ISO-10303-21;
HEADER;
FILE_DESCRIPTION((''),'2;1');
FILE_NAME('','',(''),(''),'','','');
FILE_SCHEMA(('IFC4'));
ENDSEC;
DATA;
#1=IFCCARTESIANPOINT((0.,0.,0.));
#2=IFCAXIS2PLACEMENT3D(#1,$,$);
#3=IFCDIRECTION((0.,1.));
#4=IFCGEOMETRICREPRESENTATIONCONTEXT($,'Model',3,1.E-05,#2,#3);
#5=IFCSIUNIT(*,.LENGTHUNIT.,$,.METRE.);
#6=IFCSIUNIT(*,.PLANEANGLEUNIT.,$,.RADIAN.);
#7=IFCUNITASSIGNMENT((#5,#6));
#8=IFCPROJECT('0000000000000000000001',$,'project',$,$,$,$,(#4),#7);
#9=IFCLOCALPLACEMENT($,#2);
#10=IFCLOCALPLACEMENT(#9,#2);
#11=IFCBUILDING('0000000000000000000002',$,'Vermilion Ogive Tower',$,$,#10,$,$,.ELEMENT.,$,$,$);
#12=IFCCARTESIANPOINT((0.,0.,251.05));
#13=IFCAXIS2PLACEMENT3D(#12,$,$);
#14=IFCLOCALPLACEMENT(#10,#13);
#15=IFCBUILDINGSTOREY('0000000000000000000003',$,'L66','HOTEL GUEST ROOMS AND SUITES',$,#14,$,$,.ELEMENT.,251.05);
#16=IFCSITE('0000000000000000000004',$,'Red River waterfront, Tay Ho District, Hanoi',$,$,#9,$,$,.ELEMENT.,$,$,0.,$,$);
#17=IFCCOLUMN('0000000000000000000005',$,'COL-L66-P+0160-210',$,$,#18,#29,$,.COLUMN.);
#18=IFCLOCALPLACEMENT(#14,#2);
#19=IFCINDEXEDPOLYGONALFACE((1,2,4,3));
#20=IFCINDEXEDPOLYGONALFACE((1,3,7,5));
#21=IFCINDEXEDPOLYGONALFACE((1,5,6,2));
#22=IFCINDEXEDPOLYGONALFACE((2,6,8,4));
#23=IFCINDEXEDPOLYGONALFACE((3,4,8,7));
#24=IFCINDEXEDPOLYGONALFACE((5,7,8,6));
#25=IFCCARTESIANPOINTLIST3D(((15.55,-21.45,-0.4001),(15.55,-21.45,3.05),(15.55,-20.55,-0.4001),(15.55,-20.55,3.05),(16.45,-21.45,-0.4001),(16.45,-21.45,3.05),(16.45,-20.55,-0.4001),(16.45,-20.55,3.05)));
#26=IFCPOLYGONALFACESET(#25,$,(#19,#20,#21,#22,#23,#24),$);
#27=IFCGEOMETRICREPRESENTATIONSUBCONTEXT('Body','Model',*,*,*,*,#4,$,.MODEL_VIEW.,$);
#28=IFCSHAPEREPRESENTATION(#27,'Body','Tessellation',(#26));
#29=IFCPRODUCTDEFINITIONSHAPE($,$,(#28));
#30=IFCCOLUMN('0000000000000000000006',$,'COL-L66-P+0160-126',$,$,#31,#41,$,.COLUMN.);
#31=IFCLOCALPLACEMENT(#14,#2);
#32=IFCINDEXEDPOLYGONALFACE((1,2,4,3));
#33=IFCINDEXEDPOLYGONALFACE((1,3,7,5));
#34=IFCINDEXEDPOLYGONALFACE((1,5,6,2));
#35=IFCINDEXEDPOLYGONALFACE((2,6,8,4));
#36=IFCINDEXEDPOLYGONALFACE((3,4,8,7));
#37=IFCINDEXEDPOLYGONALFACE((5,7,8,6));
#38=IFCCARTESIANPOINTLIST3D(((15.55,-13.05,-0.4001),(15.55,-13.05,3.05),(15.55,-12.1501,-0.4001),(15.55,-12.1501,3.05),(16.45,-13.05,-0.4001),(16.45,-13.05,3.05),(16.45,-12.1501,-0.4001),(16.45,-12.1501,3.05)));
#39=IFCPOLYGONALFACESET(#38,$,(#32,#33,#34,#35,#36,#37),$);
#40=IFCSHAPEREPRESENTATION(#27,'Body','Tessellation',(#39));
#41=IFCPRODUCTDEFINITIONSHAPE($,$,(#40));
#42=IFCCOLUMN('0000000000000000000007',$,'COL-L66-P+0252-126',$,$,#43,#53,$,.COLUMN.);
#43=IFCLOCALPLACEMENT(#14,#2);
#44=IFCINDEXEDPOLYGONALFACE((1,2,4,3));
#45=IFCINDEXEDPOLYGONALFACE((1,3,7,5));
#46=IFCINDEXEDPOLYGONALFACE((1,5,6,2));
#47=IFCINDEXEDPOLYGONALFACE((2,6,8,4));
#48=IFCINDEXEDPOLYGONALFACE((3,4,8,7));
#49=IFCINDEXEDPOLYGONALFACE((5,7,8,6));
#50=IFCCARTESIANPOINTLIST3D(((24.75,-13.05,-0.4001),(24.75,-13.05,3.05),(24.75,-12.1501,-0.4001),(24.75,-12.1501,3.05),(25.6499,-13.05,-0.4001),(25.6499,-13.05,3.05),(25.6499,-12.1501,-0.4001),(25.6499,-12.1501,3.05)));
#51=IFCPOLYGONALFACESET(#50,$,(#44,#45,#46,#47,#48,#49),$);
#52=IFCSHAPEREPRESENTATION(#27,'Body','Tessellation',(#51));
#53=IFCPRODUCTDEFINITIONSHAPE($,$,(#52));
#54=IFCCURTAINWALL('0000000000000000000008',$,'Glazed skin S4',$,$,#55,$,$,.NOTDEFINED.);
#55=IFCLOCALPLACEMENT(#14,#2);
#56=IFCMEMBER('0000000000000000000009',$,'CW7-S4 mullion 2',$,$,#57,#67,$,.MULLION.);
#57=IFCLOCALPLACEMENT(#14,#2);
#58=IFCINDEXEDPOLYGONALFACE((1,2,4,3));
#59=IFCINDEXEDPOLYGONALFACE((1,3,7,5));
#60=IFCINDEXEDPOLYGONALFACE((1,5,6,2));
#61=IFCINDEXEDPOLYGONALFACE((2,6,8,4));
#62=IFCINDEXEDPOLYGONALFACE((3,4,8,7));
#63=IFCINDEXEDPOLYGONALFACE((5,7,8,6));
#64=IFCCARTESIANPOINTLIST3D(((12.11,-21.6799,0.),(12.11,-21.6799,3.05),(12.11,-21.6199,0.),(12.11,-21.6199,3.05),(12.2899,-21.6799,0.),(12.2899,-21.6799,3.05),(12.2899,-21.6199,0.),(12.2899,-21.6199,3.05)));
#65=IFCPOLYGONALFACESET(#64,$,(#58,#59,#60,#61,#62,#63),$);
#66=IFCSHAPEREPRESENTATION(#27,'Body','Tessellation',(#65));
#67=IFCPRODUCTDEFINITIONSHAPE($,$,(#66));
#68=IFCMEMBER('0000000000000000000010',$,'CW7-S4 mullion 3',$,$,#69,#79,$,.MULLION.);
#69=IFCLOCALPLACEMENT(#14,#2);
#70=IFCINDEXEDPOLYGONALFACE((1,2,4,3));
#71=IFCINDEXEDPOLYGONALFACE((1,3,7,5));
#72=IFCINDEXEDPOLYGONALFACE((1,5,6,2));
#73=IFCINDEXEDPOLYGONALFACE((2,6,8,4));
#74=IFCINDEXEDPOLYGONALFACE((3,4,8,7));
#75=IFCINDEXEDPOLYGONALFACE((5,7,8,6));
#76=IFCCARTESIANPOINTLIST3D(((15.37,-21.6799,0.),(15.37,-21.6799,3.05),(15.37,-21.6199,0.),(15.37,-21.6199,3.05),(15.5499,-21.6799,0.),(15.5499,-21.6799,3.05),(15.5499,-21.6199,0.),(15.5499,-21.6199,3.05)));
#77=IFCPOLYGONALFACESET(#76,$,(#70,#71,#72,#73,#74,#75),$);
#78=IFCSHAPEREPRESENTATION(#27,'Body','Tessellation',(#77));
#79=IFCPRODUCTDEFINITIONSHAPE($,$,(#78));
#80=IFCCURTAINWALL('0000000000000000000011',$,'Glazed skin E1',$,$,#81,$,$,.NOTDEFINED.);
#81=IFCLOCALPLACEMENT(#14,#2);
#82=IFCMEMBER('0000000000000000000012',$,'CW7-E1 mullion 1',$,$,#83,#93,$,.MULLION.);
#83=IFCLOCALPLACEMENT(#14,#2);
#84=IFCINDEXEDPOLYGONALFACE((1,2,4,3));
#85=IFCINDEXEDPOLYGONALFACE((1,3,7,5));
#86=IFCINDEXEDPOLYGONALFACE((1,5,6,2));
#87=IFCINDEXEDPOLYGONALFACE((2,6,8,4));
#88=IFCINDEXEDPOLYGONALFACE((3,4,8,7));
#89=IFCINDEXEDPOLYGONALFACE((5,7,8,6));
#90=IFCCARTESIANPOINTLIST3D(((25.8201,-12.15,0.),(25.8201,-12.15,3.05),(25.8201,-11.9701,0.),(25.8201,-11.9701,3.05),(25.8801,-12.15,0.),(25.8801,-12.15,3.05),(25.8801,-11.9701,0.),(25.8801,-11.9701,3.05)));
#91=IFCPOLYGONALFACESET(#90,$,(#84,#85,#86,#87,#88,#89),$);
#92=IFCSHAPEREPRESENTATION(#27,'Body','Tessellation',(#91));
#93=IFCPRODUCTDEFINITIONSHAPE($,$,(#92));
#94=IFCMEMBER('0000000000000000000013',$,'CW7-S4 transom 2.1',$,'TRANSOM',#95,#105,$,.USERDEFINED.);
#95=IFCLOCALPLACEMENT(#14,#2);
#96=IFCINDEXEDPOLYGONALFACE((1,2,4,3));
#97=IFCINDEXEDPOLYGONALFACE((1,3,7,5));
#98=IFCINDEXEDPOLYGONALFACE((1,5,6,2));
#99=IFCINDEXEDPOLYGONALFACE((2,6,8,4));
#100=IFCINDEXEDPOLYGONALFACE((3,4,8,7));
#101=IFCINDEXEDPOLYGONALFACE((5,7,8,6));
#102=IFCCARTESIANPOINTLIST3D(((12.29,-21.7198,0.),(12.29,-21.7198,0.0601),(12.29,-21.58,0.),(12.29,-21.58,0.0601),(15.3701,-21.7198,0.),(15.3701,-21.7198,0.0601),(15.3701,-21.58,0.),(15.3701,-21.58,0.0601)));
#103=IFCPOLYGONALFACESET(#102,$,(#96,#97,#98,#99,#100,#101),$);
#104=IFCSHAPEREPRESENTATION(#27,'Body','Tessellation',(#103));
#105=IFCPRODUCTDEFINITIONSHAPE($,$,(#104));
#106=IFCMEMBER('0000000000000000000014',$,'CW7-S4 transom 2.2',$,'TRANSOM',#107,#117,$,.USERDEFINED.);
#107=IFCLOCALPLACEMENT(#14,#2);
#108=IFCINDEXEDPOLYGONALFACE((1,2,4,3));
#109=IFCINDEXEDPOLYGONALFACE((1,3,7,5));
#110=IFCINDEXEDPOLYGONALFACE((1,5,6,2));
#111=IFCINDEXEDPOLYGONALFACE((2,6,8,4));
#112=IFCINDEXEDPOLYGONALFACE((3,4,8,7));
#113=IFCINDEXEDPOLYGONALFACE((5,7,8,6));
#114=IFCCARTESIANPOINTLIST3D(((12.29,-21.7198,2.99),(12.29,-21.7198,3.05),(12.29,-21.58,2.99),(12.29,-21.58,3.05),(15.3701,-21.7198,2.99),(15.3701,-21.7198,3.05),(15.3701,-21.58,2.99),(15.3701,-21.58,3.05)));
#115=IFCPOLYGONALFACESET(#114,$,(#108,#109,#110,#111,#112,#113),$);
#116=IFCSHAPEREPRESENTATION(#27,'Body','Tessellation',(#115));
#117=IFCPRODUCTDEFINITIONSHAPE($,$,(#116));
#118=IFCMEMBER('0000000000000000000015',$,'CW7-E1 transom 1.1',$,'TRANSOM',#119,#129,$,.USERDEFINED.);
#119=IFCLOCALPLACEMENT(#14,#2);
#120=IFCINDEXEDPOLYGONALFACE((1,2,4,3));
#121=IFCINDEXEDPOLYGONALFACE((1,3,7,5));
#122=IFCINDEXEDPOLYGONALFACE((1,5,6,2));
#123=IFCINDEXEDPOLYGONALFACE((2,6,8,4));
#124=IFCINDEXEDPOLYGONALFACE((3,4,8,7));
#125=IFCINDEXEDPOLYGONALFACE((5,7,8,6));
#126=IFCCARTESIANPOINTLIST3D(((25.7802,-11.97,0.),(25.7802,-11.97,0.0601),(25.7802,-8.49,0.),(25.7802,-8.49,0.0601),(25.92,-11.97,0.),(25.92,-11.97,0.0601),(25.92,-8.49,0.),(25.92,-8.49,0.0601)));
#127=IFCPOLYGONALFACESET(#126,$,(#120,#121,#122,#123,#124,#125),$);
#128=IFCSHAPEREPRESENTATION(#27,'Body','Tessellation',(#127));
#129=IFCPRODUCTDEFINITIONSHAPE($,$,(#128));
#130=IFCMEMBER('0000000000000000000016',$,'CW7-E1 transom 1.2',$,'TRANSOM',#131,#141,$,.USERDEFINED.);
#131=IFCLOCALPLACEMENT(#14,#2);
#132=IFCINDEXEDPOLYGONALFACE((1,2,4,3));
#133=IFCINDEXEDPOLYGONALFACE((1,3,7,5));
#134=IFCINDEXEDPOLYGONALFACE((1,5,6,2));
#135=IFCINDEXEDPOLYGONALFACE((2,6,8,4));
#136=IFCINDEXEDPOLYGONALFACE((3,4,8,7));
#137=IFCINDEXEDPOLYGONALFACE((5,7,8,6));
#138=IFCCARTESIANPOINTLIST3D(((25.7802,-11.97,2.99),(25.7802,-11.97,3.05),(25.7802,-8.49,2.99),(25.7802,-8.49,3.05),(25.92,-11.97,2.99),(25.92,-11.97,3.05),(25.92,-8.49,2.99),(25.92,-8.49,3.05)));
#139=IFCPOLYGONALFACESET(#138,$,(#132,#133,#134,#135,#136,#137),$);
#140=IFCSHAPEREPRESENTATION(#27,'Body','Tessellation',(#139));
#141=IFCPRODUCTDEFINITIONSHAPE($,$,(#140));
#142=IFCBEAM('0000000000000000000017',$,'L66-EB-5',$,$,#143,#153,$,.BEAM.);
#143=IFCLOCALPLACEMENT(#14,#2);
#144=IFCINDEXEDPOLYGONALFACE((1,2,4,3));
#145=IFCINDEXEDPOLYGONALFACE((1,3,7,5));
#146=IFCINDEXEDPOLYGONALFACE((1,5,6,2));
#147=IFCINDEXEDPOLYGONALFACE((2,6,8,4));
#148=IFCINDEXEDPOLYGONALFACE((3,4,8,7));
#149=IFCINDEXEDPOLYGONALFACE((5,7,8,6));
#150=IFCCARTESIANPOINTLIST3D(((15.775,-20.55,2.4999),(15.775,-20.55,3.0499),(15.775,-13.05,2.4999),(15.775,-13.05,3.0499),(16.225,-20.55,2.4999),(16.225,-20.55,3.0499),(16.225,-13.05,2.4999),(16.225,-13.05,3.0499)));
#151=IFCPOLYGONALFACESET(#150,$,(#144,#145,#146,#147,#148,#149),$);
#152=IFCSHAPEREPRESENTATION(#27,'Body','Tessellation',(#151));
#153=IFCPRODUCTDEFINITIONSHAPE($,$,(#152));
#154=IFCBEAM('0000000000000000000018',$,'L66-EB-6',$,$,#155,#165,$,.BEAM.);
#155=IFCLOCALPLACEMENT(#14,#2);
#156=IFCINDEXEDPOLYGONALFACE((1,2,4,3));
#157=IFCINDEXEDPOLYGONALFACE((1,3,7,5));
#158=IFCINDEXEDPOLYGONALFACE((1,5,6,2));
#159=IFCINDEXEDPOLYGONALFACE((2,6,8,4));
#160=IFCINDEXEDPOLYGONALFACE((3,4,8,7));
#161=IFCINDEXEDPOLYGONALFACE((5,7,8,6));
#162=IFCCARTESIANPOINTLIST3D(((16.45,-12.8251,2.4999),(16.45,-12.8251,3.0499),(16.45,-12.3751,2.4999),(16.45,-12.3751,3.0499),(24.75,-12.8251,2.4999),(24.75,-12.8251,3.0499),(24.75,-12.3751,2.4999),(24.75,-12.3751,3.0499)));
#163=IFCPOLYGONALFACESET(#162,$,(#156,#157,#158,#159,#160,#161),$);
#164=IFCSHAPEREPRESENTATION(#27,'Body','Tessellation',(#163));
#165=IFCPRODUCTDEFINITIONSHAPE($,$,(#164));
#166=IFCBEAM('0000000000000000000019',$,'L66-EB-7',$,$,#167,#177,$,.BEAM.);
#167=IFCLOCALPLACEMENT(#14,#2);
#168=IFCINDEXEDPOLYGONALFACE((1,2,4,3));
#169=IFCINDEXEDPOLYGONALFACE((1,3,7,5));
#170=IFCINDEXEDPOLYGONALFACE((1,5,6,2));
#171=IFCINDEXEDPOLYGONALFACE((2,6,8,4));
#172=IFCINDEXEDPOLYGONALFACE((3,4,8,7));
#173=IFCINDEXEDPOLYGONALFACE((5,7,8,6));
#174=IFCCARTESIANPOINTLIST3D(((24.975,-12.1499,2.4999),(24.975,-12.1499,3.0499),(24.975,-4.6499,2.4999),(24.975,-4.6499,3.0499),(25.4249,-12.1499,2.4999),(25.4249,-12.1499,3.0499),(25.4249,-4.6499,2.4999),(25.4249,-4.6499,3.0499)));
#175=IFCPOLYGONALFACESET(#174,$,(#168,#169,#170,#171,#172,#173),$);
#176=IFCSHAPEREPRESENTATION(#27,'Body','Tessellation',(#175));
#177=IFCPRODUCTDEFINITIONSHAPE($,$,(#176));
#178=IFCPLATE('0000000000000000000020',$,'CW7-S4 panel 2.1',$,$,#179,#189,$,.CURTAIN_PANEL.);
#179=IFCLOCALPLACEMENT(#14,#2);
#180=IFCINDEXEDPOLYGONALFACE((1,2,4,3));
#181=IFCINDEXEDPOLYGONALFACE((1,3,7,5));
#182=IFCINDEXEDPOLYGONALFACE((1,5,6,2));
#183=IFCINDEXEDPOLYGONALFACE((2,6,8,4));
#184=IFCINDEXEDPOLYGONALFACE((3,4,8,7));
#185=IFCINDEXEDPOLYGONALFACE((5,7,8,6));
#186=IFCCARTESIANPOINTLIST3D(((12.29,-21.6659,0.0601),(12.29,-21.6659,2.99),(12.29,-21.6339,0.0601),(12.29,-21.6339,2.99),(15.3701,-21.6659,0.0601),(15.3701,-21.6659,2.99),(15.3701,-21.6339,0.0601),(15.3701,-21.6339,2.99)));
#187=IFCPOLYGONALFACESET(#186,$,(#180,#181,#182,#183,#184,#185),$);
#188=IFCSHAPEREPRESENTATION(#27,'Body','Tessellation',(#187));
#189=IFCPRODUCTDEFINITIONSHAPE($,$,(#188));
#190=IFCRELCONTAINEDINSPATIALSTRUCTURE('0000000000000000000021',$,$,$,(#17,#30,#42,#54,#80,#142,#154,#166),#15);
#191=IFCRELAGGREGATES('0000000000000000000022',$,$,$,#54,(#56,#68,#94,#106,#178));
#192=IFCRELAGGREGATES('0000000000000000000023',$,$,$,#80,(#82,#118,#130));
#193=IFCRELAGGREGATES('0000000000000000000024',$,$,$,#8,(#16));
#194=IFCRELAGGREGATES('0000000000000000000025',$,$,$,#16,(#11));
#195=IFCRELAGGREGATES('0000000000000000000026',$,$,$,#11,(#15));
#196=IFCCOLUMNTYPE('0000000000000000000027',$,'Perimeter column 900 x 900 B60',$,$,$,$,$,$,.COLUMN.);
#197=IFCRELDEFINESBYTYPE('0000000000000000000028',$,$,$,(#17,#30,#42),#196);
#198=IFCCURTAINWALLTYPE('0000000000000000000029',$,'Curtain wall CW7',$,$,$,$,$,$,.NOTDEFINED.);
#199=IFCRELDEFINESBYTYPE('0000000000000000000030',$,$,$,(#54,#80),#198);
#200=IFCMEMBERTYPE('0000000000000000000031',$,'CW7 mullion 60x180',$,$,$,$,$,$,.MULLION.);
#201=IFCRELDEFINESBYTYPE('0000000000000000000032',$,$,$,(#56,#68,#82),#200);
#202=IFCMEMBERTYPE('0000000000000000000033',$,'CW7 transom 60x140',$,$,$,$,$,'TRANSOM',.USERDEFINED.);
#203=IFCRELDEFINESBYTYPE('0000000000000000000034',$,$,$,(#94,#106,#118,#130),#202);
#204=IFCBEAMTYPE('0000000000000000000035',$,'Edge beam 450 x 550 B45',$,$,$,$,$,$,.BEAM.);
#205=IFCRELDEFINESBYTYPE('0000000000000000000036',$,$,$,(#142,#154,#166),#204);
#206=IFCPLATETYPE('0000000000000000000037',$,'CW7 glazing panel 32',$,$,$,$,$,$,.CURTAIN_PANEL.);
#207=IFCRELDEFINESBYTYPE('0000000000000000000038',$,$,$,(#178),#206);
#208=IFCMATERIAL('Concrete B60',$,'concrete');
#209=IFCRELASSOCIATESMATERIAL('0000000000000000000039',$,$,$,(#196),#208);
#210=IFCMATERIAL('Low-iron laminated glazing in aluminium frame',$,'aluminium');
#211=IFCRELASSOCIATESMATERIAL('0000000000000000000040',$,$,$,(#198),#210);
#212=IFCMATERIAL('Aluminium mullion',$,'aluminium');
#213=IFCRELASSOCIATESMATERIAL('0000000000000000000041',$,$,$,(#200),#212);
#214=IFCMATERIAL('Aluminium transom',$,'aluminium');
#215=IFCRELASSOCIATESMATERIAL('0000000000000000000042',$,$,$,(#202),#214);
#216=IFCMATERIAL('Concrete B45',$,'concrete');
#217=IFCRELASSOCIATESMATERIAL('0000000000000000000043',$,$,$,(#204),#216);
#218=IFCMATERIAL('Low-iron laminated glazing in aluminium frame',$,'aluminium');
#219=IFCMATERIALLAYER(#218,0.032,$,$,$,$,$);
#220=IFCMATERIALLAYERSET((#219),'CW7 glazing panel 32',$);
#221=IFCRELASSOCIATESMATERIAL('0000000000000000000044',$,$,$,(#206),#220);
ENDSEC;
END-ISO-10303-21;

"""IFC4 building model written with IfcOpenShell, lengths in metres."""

from ifc_helpers import new_model, si_unit, direction, frame, origin, origin_2d, place, context, subcontext, project, spatial, rectangle, extrude, material, layer, layer_set, material_profile, profile_set, type_object, element, aggregate, save


model = new_model("IFC4")

# Units and contexts
model_context = context("Model", 3, precision=1e-05, world=origin(), true_north=direction((0.0, 1.0)))
body_context = subcontext(model_context, "Body", "Model", "MODEL_VIEW")
ifc_project = project(units=[si_unit("LENGTHUNIT", "METRE"), si_unit("PLANEANGLEUNIT", "RADIAN")], contexts=[model_context])

# Site, building, storey
site_placement = place(None, origin())
site = spatial("IfcSite", under=ifc_project, at=site_placement, Name="Red River waterfront, Tay Ho District, Hanoi", CompositionType="ELEMENT", RefElevation=0.0)
building_placement = place(site_placement, origin())
building = spatial("IfcBuilding", under=site, at=building_placement, Name="Vermilion Ogive Tower", CompositionType="ELEMENT")
storey_placement = place(building_placement, frame((0.0, 0.0, 251.05)))
storey = spatial("IfcBuildingStorey", under=building, at=storey_placement, Name="L66", Description="HOTEL GUEST ROOMS AND SUITES", CompositionType="ELEMENT", Elevation=251.05)

# Columns
ifc_material_1 = material(Name="Concrete B60", Category="concrete")
ifc_material_profile_1 = material_profile(ifc_material_1, rectangle(XDim=0.8999, YDim=0.8999, at=origin_2d()), Name="900 x 900")
ifc_profile_set_1 = profile_set([ifc_material_profile_1], Name="Concrete B60")
column_type = type_object("IfcColumnType", Name="Perimeter column 900 x 900 B60", PredefinedType="COLUMN", material=ifc_profile_set_1)
for number, where, z_axis, x_axis, name in (
    (1, (16.0, -21.0, -0.4001), (0.0, 0.0, 1.0), (1.0, 0.0, 0.0), "COL-L66-P+0160-210"),
    (2, (16.0, -12.6001, -0.4001), (0.0, 0.0, 1.0), (1.0, 0.0, 0.0), "COL-L66-P+0160-126"),
    (3, (25.2, -12.6001, -0.4001), (0.0, 0.0, 1.0), (1.0, 0.0, 0.0), "COL-L66-P+0252-126"),
):
    element("IfcColumn", number, at=place(storey_placement, frame(where, z_axis=z_axis, x_axis=x_axis)), inside=storey, type_object=column_type, Name=name, PredefinedType="COLUMN", context=body_context, shape_type="SweptSolid", body=[
        extrude(rectangle(XDim=0.8999, YDim=0.8999, at=origin_2d()), origin(), (0.0, 0.0, 1.0), 3.4502),
    ])

# Curtain wall, members
ifc_material_2 = material(Name="Low-iron laminated glazing in aluminium frame", Category="aluminium")
curtain_wall_type = type_object("IfcCurtainWallType", Name="Curtain wall CW7", PredefinedType="NOTDEFINED", material=ifc_material_2)
curtain_wall_1_placement = place(storey_placement, origin())
curtain_wall_1 = element("IfcCurtainWall", 4, at=curtain_wall_1_placement, inside=storey, type_object=curtain_wall_type, Name="Glazed skin S4", PredefinedType="NOTDEFINED")
ifc_material_3 = material(Name="Aluminium mullion", Category="aluminium")
ifc_material_profile_2 = material_profile(ifc_material_3, rectangle(XDim=0.0601, YDim=0.1799, at=origin_2d()), Name="AL 60x180")
ifc_profile_set_2 = profile_set([ifc_material_profile_2], Name="Aluminium mullion")
member_type_1 = type_object("IfcMemberType", Name="CW7 mullion 60x180", PredefinedType="MULLION", material=ifc_profile_set_2)
member_1_placement = place(storey_placement, frame((12.2, -21.6499, 0.0), z_axis=(0.0, 0.0, 1.0), x_axis=(0.0, 1.0, 0.0)))
member_1 = element("IfcMember", 5, at=member_1_placement, type_object=member_type_1, Name="CW7-S4 mullion 2", PredefinedType="MULLION", context=body_context, shape_type="SweptSolid", body=[
    extrude(rectangle(XDim=0.0601, YDim=0.1799, at=origin_2d()), origin(), (0.0, 0.0, 1.0), 3.05),
])
member_2_placement = place(storey_placement, frame((15.46, -21.6499, 0.0), z_axis=(0.0, 0.0, 1.0), x_axis=(0.0, 1.0, 0.0)))
member_2 = element("IfcMember", 6, at=member_2_placement, type_object=member_type_1, Name="CW7-S4 mullion 3", PredefinedType="MULLION", context=body_context, shape_type="SweptSolid", body=[
    extrude(rectangle(XDim=0.0601, YDim=0.1799, at=origin_2d()), origin(), (0.0, 0.0, 1.0), 3.05),
])

# Curtain wall, member
curtain_wall_2_placement = place(storey_placement, origin())
curtain_wall_2 = element("IfcCurtainWall", 7, at=curtain_wall_2_placement, inside=storey, type_object=curtain_wall_type, Name="Glazed skin E1", PredefinedType="NOTDEFINED")
member_3_placement = place(storey_placement, frame((25.8501, -12.0601, 0.0), z_axis=(0.0, 0.0, 1.0), x_axis=(-1.0, 0.0, 0.0)))
member_3 = element("IfcMember", 8, at=member_3_placement, type_object=member_type_1, Name="CW7-E1 mullion 1", PredefinedType="MULLION", context=body_context, shape_type="SweptSolid", body=[
    extrude(rectangle(XDim=0.0601, YDim=0.1799, at=origin_2d()), origin(), (0.0, 0.0, 1.0), 3.05),
])

# Members
ifc_material_4 = material(Name="Aluminium transom", Category="aluminium")
ifc_material_profile_3 = material_profile(ifc_material_4, rectangle(XDim=0.1399, YDim=0.0601, at=origin_2d()), Name="AL 60x140")
ifc_profile_set_3 = profile_set([ifc_material_profile_3], Name="Aluminium transom")
member_type_2 = type_object("IfcMemberType", Name="CW7 transom 60x140", ElementType="TRANSOM", PredefinedType="USERDEFINED", material=ifc_profile_set_3)
member_4_placement = place(storey_placement, frame((12.29, -21.6499, 0.03), z_axis=(1.0, 0.0, 0.0), x_axis=(0.0, 1.0, 0.0)))
member_4 = element("IfcMember", 9, at=member_4_placement, type_object=member_type_2, Name="CW7-S4 transom 2.1", ObjectType="TRANSOM", PredefinedType="USERDEFINED", context=body_context, shape_type="SweptSolid", body=[
    extrude(rectangle(XDim=0.1399, YDim=0.0601, at=origin_2d()), origin(), (0.0, 0.0, 1.0), 3.0801),
])
member_5_placement = place(storey_placement, frame((12.29, -21.6499, 3.02), z_axis=(1.0, 0.0, 0.0), x_axis=(0.0, 1.0, 0.0)))
member_5 = element("IfcMember", 10, at=member_5_placement, type_object=member_type_2, Name="CW7-S4 transom 2.2", ObjectType="TRANSOM", PredefinedType="USERDEFINED", context=body_context, shape_type="SweptSolid", body=[
    extrude(rectangle(XDim=0.1399, YDim=0.0601, at=origin_2d()), origin(), (0.0, 0.0, 1.0), 3.0801),
])
member_6_placement = place(storey_placement, frame((25.8501, -11.97, 0.03), z_axis=(0.0, 1.0, 0.0), x_axis=(-1.0, 0.0, 0.0)))
member_6 = element("IfcMember", 11, at=member_6_placement, type_object=member_type_2, Name="CW7-E1 transom 1.1", ObjectType="TRANSOM", PredefinedType="USERDEFINED", context=body_context, shape_type="SweptSolid", body=[
    extrude(rectangle(XDim=0.1399, YDim=0.0601, at=origin_2d()), origin(), (0.0, 0.0, 1.0), 3.48),
])
member_7_placement = place(storey_placement, frame((25.8501, -11.97, 3.02), z_axis=(0.0, 1.0, 0.0), x_axis=(-1.0, 0.0, 0.0)))
member_7 = element("IfcMember", 12, at=member_7_placement, type_object=member_type_2, Name="CW7-E1 transom 1.2", ObjectType="TRANSOM", PredefinedType="USERDEFINED", context=body_context, shape_type="SweptSolid", body=[
    extrude(rectangle(XDim=0.1399, YDim=0.0601, at=origin_2d()), origin(), (0.0, 0.0, 1.0), 3.48),
])

# Beams
ifc_material_5 = material(Name="Concrete B45", Category="concrete")
ifc_material_profile_4 = material_profile(ifc_material_5, rectangle(XDim=0.45, YDim=0.55, at=origin_2d()), Name="450 x 550")
ifc_profile_set_4 = profile_set([ifc_material_profile_4], Name="Concrete B45")
beam_type = type_object("IfcBeamType", Name="Edge beam 450 x 550 B45", PredefinedType="BEAM", material=ifc_profile_set_4)
beam_1_placement = place(storey_placement, frame((16.0, -20.55, 2.7749), z_axis=(0.0, 1.0, 0.0), x_axis=(-1.0, 0.0, 0.0)))
element("IfcBeam", 13, at=beam_1_placement, inside=storey, type_object=beam_type, Name="L66-EB-5", PredefinedType="BEAM", context=body_context, shape_type="SweptSolid", body=[
    extrude(rectangle(XDim=0.45, YDim=0.55, at=origin_2d()), origin(), (0.0, 0.0, 1.0), 7.5),
])
beam_2_placement = place(storey_placement, frame((16.45, -12.6001, 2.7749), z_axis=(1.0, 0.0, 0.0), x_axis=(0.0, 1.0, 0.0)))
element("IfcBeam", 14, at=beam_2_placement, inside=storey, type_object=beam_type, Name="L66-EB-6", PredefinedType="BEAM", context=body_context, shape_type="SweptSolid", body=[
    extrude(rectangle(XDim=0.45, YDim=0.55, at=origin_2d()), origin(), (0.0, 0.0, 1.0), 8.3),
])
beam_3_placement = place(storey_placement, frame((25.2, -12.1499, 2.7749), z_axis=(0.0, 1.0, 0.0), x_axis=(-1.0, 0.0, 0.0)))
element("IfcBeam", 15, at=beam_3_placement, inside=storey, type_object=beam_type, Name="L66-EB-7", PredefinedType="BEAM", context=body_context, shape_type="SweptSolid", body=[
    extrude(rectangle(XDim=0.45, YDim=0.55, at=origin_2d()), origin(), (0.0, 0.0, 1.0), 7.5),
])

# Plate
ifc_material_6 = material(Name="Low-iron laminated glazing in aluminium frame", Category="aluminium")
ifc_layer_1 = layer(ifc_material_6, 0.032)
ifc_layer_set_1 = layer_set([ifc_layer_1], Name="CW7 glazing panel 32")
plate_type = type_object("IfcPlateType", Name="CW7 glazing panel 32", PredefinedType="CURTAIN_PANEL", material=ifc_layer_set_1)
plate_1_placement = place(storey_placement, frame((13.8301, -21.6499, 0.0601), z_axis=(0.0, 0.0, 1.0), x_axis=(1.0, 0.0, 0.0)))
plate_1 = element("IfcPlate", 16, at=plate_1_placement, type_object=plate_type, Name="CW7-S4 panel 2.1", PredefinedType="CURTAIN_PANEL", context=body_context, shape_type="SweptSolid", body=[
    extrude(rectangle(XDim=3.0801, YDim=0.032, at=origin_2d()), origin(), (0.0, 0.0, 1.0), 2.9299),
])
aggregate(curtain_wall_1, [member_1, member_2, member_4, member_5, plate_1])
aggregate(curtain_wall_2, [member_3, member_6, member_7])

save(model, "model.ifc")
